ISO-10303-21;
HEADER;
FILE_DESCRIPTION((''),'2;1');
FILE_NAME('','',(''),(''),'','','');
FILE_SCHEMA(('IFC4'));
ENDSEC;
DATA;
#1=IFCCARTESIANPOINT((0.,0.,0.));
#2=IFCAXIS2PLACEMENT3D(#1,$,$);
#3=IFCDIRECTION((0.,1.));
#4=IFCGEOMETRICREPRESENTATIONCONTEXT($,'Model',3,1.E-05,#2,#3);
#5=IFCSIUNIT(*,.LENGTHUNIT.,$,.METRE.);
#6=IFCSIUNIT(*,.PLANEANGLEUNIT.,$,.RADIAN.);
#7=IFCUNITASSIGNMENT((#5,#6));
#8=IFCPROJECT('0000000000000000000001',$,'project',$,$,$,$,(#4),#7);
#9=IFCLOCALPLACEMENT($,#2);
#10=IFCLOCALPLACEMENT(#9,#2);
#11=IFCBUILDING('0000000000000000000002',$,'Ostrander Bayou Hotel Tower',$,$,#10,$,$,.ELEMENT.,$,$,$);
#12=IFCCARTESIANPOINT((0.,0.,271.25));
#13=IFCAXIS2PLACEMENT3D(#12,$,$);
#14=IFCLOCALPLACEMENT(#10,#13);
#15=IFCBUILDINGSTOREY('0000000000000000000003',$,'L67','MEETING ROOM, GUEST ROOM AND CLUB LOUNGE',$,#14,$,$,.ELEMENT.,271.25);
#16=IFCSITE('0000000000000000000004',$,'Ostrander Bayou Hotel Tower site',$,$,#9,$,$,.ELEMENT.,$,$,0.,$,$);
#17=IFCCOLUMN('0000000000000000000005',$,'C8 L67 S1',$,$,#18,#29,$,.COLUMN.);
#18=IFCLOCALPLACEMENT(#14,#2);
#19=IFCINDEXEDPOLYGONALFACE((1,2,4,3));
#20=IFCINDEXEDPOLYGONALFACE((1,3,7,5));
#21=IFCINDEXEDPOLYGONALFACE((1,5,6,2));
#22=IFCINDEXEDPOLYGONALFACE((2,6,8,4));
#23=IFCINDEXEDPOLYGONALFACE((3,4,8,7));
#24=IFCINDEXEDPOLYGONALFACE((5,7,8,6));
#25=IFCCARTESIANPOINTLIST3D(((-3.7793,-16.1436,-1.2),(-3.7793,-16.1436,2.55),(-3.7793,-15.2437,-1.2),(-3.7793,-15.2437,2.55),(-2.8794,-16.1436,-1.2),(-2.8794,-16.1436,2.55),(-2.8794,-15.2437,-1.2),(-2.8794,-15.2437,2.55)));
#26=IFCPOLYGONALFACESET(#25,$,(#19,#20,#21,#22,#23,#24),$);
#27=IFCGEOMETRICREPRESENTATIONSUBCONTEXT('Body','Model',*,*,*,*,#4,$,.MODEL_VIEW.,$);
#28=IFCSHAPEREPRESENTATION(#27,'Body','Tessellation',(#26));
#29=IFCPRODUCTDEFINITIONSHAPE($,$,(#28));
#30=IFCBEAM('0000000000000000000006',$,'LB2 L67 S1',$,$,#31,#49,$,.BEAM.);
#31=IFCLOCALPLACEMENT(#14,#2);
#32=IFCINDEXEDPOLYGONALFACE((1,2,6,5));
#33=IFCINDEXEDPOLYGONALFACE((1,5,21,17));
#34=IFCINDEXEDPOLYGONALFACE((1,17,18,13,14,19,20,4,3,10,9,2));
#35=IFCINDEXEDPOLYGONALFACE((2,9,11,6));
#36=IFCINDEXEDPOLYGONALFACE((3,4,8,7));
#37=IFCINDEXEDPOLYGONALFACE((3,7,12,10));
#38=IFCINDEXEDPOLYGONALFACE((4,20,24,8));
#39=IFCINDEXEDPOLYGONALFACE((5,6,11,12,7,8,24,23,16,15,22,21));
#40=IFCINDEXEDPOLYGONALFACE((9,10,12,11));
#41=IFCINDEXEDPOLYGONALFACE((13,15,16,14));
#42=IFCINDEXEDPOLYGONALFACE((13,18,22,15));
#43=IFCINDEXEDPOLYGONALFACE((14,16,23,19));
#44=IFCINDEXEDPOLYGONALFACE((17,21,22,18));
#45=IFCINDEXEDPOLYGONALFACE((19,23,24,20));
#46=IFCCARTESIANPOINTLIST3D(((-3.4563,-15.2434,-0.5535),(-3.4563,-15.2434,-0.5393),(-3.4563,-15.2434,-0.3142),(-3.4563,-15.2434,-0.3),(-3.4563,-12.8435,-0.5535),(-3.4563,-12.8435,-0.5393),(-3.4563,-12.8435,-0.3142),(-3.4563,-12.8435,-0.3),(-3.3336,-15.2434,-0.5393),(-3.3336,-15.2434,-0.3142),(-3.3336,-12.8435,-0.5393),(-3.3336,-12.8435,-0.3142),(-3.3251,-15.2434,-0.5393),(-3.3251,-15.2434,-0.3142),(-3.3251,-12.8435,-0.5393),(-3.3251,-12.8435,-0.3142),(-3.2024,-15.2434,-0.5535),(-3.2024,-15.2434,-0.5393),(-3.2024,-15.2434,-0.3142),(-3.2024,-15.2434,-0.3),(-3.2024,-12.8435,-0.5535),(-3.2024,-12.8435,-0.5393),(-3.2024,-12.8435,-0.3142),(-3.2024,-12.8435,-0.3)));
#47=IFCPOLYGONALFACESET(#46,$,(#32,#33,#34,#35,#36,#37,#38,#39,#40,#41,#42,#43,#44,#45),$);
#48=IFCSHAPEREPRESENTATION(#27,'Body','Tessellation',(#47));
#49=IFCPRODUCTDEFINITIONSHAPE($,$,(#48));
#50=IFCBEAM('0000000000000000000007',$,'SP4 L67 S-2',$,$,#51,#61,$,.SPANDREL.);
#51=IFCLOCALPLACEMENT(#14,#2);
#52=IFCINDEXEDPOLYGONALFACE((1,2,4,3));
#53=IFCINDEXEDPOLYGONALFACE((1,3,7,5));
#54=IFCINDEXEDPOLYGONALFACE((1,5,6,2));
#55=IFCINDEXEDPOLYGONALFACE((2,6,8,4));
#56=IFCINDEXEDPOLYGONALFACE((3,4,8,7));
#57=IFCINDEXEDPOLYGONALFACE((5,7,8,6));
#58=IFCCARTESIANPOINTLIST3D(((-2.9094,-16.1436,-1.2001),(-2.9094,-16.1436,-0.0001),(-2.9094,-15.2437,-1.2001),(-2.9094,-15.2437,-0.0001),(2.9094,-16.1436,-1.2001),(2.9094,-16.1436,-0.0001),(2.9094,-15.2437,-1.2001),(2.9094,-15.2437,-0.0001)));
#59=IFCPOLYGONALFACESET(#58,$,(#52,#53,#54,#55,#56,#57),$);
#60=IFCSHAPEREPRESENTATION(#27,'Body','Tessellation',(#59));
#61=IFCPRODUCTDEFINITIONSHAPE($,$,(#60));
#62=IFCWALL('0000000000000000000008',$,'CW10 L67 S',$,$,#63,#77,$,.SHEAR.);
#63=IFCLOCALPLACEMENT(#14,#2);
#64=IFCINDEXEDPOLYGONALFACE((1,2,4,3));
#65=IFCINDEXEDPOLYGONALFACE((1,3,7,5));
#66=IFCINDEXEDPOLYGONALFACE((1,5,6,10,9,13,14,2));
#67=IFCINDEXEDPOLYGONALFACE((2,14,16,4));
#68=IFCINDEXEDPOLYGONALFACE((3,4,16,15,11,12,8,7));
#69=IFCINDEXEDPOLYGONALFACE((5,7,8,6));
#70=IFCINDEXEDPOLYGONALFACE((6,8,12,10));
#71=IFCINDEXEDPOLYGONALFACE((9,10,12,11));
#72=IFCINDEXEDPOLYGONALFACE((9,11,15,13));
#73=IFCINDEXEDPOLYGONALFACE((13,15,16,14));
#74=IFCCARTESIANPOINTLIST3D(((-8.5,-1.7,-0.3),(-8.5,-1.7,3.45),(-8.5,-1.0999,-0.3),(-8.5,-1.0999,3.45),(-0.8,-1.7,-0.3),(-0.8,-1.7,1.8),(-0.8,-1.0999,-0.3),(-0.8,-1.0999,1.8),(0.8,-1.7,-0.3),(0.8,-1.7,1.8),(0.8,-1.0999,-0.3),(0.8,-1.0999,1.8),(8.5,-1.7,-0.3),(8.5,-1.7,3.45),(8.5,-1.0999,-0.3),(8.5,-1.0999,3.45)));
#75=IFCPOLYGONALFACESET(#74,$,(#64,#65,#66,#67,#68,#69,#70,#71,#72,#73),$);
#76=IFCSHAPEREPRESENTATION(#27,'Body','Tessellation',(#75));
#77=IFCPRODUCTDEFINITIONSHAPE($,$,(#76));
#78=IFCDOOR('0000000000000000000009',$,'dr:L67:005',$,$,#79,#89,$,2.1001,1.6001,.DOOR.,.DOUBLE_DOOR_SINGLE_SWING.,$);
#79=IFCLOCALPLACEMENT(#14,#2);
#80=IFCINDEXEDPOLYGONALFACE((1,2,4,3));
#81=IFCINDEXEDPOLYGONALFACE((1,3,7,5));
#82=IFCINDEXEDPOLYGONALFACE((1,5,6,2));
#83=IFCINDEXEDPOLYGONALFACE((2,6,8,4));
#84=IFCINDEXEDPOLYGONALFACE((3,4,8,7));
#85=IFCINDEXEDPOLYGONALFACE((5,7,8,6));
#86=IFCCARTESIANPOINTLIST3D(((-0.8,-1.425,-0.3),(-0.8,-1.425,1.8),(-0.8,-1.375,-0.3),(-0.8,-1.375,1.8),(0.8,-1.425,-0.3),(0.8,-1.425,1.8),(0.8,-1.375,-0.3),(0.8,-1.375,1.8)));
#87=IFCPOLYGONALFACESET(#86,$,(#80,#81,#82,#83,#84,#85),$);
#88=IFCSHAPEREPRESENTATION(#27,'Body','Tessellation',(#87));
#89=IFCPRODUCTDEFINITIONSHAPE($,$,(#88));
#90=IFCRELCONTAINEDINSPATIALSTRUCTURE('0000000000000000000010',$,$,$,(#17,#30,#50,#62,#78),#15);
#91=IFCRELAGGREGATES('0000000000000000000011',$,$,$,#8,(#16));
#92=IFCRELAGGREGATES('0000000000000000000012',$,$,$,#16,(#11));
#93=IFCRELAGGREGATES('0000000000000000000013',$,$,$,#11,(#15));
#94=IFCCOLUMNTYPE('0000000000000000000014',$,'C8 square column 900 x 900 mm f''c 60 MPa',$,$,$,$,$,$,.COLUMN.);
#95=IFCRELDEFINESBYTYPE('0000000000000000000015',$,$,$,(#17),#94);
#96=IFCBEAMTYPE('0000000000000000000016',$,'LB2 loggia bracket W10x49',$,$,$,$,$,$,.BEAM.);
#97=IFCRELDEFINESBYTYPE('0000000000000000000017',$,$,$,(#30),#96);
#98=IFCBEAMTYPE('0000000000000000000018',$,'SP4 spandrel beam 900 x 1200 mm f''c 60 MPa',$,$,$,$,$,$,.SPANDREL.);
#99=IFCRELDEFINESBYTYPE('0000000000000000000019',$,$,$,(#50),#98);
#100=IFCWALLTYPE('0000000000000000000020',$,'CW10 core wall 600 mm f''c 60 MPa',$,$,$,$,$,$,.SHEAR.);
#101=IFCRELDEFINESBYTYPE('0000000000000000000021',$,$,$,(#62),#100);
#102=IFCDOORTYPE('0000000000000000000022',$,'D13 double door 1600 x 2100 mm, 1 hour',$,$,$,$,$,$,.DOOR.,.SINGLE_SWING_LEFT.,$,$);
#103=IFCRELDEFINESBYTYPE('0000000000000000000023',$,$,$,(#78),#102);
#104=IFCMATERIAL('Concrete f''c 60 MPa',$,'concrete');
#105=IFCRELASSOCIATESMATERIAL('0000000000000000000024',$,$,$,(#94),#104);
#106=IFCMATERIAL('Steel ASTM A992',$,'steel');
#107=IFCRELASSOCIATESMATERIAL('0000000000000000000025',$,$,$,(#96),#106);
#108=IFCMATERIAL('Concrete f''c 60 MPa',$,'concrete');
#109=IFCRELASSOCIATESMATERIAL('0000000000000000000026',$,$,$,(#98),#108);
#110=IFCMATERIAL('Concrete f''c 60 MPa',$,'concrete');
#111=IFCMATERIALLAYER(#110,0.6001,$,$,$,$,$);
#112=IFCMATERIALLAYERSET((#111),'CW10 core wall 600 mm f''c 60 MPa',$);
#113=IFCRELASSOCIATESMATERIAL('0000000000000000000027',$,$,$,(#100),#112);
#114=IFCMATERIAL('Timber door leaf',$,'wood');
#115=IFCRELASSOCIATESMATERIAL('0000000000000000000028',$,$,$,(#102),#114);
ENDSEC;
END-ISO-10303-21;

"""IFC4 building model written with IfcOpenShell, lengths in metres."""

from ifc_helpers import new_model, si_unit, direction, frame, frame_2d, origin, origin_2d, place, context, subcontext, project, spatial, rectangle, i_section, extrude, material, layer, layer_set, material_profile, profile_set, type_object, element, fill, save


model = new_model("IFC4")

# Units and contexts
model_context = context("Model", 3, precision=1e-05, world=origin(), true_north=direction((0.0, 1.0)))
body_context = subcontext(model_context, "Body", "Model", "MODEL_VIEW")
ifc_project = project(units=[si_unit("LENGTHUNIT", "METRE"), si_unit("PLANEANGLEUNIT", "RADIAN")], contexts=[model_context])

# Site, building, storey
site_placement = place(None, origin())
site = spatial("IfcSite", under=ifc_project, at=site_placement, Name="Ostrander Bayou Hotel Tower site", CompositionType="ELEMENT", RefElevation=0.0)
building_placement = place(site_placement, origin())
building = spatial("IfcBuilding", under=site, at=building_placement, Name="Ostrander Bayou Hotel Tower", CompositionType="ELEMENT")
storey_placement = place(building_placement, frame((0.0, 0.0, 271.25)))
storey = spatial("IfcBuildingStorey", under=building, at=storey_placement, Name="L67", Description="MEETING ROOM, GUEST ROOM AND CLUB LOUNGE", CompositionType="ELEMENT", Elevation=271.25)

# Column
ifc_material_1 = material(Name="Concrete f'c 60 MPa", Category="concrete")
ifc_material_profile_1 = material_profile(ifc_material_1, rectangle(XDim=0.8999, YDim=0.8999, at=origin_2d()))
ifc_profile_set_1 = profile_set([ifc_material_profile_1], Name="Concrete f'c 60 MPa")
column_type = type_object("IfcColumnType", Name="C8 square column 900 x 900 mm f'c 60 MPa", PredefinedType="COLUMN", material=ifc_profile_set_1)
column_placement = place(storey_placement, frame((-3.3293, -15.6936, -1.2), z_axis=(0.0, 0.0, 1.0), x_axis=(-1.0, 0.0, 0.0)))
element("IfcColumn", 1, at=column_placement, inside=storey, type_object=column_type, Name="C8 L67 S1", PredefinedType="COLUMN", context=body_context, shape_type="SweptSolid", body=[
    extrude(rectangle(XDim=0.8999, YDim=0.8999, at=origin_2d()), origin(), (0.0, 0.0, 1.0), 3.75),
])

# Beams
ifc_material_2 = material(Name="Steel ASTM A992", Category="steel")
ifc_material_profile_2 = material_profile(ifc_material_2, i_section(OverallWidth=0.2539, OverallDepth=0.2534, WebThickness=0.0085, FlangeThickness=0.0142, at=origin_2d()))
ifc_profile_set_2 = profile_set([ifc_material_profile_2], Name="Steel ASTM A992")
beam_type_1 = type_object("IfcBeamType", Name="LB2 loggia bracket W10x49", PredefinedType="BEAM", material=ifc_profile_set_2)
beam_1_placement = place(storey_placement, frame((-3.3293, -15.2434, -0.4268), z_axis=(0.0, 1.0, 0.0), x_axis=(-1.0, 0.0, 0.0)))
element("IfcBeam", 2, at=beam_1_placement, inside=storey, type_object=beam_type_1, Name="LB2 L67 S1", PredefinedType="BEAM", context=body_context, shape_type="SweptSolid", body=[
    extrude(i_section(OverallWidth=0.2539, OverallDepth=0.2534, WebThickness=0.0085, FlangeThickness=0.0142, at=origin_2d()), origin(), (0.0, 0.0, 1.0), 2.3999),
])
ifc_material_3 = material(Name="Concrete f'c 60 MPa", Category="concrete")
ifc_material_profile_3 = material_profile(ifc_material_3, rectangle(XDim=0.8999, YDim=1.2, at=origin_2d()))
ifc_profile_set_3 = profile_set([ifc_material_profile_3], Name="Concrete f'c 60 MPa")
beam_type_2 = type_object("IfcBeamType", Name="SP4 spandrel beam 900 x 1200 mm f'c 60 MPa", PredefinedType="SPANDREL", material=ifc_profile_set_3)
beam_2_placement = place(storey_placement, frame((-2.9094, -15.6936, -0.6001), z_axis=(1.0, 0.0, 0.0), x_axis=(0.0, 1.0, 0.0)))
element("IfcBeam", 3, at=beam_2_placement, inside=storey, type_object=beam_type_2, Name="SP4 L67 S-2", PredefinedType="SPANDREL", context=body_context, shape_type="SweptSolid", body=[
    extrude(rectangle(XDim=0.8999, YDim=1.2, at=origin_2d()), origin(), (0.0, 0.0, 1.0), 5.8188),
])

# Wall, opening, door
ifc_material_4 = material(Name="Concrete f'c 60 MPa", Category="concrete")
ifc_layer_1 = layer(ifc_material_4, 0.6001)
ifc_layer_set_1 = layer_set([ifc_layer_1], Name="CW10 core wall 600 mm f'c 60 MPa")
wall_type_1 = type_object("IfcWallType", Name="CW10 core wall 600 mm f'c 60 MPa", PredefinedType="SHEAR", material=ifc_layer_set_1)
wall_1_placement = place(storey_placement, frame((-8.5, -1.3999, -0.3), z_axis=(0.0, 0.0, 1.0), x_axis=(1.0, 0.0, 0.0)))
wall_1 = element("IfcWall", 4, at=wall_1_placement, inside=storey, type_object=wall_type_1, Name="CW10 L67 S", PredefinedType="SHEAR", context=body_context, shape_type="SweptSolid", body=[
    extrude(rectangle(XDim=17.0, YDim=0.6001, at=frame_2d((8.5, 0.0))), origin(), (0.0, 0.0, 1.0), 3.75),
])
opening_1_placement = place(wall_1_placement, frame((7.7, 0.0, 0.0)))
opening_1 = element("IfcOpeningElement", 5, at=opening_1_placement, cuts=wall_1, PredefinedType="OPENING", context=body_context, shape_type="SweptSolid", body=[
    extrude(rectangle(XDim=1.6001, YDim=2.1001, at=frame_2d((0.8, 1.05))), frame((0.0, 0.3, 0.0), z_axis=(0.0, -1.0, 0.0), x_axis=(1.0, 0.0, 0.0)), (0.0, 0.0, 1.0), 0.6001),
])
ifc_material_5 = material(Name="Timber door leaf", Category="wood")
door_type_1 = type_object("IfcDoorType", Name="D13 double door 1600 x 2100 mm, 1 hour", OperationType="SINGLE_SWING_LEFT", PredefinedType="DOOR", material=ifc_material_5)
door_1_placement = place(opening_1_placement, origin())
door_1 = element("IfcDoor", 6, at=door_1_placement, inside=storey, type_object=door_type_1, Name="dr:L67:005", OperationType="DOUBLE_DOOR_SINGLE_SWING", OverallHeight=2.1001, OverallWidth=1.6001, PredefinedType="DOOR", context=body_context, shape_type="SweptSolid", body=[
    extrude(rectangle(XDim=1.6001, YDim=2.1001, at=frame_2d((0.8, 1.05))), frame((0.0, 0.0249, 0.0), z_axis=(0.0, -1.0, 0.0), x_axis=(1.0, 0.0, 0.0)), (0.0, 0.0, 1.0), 0.05),
])
fill(opening_1, door_1)

save(model, "model.ifc")
